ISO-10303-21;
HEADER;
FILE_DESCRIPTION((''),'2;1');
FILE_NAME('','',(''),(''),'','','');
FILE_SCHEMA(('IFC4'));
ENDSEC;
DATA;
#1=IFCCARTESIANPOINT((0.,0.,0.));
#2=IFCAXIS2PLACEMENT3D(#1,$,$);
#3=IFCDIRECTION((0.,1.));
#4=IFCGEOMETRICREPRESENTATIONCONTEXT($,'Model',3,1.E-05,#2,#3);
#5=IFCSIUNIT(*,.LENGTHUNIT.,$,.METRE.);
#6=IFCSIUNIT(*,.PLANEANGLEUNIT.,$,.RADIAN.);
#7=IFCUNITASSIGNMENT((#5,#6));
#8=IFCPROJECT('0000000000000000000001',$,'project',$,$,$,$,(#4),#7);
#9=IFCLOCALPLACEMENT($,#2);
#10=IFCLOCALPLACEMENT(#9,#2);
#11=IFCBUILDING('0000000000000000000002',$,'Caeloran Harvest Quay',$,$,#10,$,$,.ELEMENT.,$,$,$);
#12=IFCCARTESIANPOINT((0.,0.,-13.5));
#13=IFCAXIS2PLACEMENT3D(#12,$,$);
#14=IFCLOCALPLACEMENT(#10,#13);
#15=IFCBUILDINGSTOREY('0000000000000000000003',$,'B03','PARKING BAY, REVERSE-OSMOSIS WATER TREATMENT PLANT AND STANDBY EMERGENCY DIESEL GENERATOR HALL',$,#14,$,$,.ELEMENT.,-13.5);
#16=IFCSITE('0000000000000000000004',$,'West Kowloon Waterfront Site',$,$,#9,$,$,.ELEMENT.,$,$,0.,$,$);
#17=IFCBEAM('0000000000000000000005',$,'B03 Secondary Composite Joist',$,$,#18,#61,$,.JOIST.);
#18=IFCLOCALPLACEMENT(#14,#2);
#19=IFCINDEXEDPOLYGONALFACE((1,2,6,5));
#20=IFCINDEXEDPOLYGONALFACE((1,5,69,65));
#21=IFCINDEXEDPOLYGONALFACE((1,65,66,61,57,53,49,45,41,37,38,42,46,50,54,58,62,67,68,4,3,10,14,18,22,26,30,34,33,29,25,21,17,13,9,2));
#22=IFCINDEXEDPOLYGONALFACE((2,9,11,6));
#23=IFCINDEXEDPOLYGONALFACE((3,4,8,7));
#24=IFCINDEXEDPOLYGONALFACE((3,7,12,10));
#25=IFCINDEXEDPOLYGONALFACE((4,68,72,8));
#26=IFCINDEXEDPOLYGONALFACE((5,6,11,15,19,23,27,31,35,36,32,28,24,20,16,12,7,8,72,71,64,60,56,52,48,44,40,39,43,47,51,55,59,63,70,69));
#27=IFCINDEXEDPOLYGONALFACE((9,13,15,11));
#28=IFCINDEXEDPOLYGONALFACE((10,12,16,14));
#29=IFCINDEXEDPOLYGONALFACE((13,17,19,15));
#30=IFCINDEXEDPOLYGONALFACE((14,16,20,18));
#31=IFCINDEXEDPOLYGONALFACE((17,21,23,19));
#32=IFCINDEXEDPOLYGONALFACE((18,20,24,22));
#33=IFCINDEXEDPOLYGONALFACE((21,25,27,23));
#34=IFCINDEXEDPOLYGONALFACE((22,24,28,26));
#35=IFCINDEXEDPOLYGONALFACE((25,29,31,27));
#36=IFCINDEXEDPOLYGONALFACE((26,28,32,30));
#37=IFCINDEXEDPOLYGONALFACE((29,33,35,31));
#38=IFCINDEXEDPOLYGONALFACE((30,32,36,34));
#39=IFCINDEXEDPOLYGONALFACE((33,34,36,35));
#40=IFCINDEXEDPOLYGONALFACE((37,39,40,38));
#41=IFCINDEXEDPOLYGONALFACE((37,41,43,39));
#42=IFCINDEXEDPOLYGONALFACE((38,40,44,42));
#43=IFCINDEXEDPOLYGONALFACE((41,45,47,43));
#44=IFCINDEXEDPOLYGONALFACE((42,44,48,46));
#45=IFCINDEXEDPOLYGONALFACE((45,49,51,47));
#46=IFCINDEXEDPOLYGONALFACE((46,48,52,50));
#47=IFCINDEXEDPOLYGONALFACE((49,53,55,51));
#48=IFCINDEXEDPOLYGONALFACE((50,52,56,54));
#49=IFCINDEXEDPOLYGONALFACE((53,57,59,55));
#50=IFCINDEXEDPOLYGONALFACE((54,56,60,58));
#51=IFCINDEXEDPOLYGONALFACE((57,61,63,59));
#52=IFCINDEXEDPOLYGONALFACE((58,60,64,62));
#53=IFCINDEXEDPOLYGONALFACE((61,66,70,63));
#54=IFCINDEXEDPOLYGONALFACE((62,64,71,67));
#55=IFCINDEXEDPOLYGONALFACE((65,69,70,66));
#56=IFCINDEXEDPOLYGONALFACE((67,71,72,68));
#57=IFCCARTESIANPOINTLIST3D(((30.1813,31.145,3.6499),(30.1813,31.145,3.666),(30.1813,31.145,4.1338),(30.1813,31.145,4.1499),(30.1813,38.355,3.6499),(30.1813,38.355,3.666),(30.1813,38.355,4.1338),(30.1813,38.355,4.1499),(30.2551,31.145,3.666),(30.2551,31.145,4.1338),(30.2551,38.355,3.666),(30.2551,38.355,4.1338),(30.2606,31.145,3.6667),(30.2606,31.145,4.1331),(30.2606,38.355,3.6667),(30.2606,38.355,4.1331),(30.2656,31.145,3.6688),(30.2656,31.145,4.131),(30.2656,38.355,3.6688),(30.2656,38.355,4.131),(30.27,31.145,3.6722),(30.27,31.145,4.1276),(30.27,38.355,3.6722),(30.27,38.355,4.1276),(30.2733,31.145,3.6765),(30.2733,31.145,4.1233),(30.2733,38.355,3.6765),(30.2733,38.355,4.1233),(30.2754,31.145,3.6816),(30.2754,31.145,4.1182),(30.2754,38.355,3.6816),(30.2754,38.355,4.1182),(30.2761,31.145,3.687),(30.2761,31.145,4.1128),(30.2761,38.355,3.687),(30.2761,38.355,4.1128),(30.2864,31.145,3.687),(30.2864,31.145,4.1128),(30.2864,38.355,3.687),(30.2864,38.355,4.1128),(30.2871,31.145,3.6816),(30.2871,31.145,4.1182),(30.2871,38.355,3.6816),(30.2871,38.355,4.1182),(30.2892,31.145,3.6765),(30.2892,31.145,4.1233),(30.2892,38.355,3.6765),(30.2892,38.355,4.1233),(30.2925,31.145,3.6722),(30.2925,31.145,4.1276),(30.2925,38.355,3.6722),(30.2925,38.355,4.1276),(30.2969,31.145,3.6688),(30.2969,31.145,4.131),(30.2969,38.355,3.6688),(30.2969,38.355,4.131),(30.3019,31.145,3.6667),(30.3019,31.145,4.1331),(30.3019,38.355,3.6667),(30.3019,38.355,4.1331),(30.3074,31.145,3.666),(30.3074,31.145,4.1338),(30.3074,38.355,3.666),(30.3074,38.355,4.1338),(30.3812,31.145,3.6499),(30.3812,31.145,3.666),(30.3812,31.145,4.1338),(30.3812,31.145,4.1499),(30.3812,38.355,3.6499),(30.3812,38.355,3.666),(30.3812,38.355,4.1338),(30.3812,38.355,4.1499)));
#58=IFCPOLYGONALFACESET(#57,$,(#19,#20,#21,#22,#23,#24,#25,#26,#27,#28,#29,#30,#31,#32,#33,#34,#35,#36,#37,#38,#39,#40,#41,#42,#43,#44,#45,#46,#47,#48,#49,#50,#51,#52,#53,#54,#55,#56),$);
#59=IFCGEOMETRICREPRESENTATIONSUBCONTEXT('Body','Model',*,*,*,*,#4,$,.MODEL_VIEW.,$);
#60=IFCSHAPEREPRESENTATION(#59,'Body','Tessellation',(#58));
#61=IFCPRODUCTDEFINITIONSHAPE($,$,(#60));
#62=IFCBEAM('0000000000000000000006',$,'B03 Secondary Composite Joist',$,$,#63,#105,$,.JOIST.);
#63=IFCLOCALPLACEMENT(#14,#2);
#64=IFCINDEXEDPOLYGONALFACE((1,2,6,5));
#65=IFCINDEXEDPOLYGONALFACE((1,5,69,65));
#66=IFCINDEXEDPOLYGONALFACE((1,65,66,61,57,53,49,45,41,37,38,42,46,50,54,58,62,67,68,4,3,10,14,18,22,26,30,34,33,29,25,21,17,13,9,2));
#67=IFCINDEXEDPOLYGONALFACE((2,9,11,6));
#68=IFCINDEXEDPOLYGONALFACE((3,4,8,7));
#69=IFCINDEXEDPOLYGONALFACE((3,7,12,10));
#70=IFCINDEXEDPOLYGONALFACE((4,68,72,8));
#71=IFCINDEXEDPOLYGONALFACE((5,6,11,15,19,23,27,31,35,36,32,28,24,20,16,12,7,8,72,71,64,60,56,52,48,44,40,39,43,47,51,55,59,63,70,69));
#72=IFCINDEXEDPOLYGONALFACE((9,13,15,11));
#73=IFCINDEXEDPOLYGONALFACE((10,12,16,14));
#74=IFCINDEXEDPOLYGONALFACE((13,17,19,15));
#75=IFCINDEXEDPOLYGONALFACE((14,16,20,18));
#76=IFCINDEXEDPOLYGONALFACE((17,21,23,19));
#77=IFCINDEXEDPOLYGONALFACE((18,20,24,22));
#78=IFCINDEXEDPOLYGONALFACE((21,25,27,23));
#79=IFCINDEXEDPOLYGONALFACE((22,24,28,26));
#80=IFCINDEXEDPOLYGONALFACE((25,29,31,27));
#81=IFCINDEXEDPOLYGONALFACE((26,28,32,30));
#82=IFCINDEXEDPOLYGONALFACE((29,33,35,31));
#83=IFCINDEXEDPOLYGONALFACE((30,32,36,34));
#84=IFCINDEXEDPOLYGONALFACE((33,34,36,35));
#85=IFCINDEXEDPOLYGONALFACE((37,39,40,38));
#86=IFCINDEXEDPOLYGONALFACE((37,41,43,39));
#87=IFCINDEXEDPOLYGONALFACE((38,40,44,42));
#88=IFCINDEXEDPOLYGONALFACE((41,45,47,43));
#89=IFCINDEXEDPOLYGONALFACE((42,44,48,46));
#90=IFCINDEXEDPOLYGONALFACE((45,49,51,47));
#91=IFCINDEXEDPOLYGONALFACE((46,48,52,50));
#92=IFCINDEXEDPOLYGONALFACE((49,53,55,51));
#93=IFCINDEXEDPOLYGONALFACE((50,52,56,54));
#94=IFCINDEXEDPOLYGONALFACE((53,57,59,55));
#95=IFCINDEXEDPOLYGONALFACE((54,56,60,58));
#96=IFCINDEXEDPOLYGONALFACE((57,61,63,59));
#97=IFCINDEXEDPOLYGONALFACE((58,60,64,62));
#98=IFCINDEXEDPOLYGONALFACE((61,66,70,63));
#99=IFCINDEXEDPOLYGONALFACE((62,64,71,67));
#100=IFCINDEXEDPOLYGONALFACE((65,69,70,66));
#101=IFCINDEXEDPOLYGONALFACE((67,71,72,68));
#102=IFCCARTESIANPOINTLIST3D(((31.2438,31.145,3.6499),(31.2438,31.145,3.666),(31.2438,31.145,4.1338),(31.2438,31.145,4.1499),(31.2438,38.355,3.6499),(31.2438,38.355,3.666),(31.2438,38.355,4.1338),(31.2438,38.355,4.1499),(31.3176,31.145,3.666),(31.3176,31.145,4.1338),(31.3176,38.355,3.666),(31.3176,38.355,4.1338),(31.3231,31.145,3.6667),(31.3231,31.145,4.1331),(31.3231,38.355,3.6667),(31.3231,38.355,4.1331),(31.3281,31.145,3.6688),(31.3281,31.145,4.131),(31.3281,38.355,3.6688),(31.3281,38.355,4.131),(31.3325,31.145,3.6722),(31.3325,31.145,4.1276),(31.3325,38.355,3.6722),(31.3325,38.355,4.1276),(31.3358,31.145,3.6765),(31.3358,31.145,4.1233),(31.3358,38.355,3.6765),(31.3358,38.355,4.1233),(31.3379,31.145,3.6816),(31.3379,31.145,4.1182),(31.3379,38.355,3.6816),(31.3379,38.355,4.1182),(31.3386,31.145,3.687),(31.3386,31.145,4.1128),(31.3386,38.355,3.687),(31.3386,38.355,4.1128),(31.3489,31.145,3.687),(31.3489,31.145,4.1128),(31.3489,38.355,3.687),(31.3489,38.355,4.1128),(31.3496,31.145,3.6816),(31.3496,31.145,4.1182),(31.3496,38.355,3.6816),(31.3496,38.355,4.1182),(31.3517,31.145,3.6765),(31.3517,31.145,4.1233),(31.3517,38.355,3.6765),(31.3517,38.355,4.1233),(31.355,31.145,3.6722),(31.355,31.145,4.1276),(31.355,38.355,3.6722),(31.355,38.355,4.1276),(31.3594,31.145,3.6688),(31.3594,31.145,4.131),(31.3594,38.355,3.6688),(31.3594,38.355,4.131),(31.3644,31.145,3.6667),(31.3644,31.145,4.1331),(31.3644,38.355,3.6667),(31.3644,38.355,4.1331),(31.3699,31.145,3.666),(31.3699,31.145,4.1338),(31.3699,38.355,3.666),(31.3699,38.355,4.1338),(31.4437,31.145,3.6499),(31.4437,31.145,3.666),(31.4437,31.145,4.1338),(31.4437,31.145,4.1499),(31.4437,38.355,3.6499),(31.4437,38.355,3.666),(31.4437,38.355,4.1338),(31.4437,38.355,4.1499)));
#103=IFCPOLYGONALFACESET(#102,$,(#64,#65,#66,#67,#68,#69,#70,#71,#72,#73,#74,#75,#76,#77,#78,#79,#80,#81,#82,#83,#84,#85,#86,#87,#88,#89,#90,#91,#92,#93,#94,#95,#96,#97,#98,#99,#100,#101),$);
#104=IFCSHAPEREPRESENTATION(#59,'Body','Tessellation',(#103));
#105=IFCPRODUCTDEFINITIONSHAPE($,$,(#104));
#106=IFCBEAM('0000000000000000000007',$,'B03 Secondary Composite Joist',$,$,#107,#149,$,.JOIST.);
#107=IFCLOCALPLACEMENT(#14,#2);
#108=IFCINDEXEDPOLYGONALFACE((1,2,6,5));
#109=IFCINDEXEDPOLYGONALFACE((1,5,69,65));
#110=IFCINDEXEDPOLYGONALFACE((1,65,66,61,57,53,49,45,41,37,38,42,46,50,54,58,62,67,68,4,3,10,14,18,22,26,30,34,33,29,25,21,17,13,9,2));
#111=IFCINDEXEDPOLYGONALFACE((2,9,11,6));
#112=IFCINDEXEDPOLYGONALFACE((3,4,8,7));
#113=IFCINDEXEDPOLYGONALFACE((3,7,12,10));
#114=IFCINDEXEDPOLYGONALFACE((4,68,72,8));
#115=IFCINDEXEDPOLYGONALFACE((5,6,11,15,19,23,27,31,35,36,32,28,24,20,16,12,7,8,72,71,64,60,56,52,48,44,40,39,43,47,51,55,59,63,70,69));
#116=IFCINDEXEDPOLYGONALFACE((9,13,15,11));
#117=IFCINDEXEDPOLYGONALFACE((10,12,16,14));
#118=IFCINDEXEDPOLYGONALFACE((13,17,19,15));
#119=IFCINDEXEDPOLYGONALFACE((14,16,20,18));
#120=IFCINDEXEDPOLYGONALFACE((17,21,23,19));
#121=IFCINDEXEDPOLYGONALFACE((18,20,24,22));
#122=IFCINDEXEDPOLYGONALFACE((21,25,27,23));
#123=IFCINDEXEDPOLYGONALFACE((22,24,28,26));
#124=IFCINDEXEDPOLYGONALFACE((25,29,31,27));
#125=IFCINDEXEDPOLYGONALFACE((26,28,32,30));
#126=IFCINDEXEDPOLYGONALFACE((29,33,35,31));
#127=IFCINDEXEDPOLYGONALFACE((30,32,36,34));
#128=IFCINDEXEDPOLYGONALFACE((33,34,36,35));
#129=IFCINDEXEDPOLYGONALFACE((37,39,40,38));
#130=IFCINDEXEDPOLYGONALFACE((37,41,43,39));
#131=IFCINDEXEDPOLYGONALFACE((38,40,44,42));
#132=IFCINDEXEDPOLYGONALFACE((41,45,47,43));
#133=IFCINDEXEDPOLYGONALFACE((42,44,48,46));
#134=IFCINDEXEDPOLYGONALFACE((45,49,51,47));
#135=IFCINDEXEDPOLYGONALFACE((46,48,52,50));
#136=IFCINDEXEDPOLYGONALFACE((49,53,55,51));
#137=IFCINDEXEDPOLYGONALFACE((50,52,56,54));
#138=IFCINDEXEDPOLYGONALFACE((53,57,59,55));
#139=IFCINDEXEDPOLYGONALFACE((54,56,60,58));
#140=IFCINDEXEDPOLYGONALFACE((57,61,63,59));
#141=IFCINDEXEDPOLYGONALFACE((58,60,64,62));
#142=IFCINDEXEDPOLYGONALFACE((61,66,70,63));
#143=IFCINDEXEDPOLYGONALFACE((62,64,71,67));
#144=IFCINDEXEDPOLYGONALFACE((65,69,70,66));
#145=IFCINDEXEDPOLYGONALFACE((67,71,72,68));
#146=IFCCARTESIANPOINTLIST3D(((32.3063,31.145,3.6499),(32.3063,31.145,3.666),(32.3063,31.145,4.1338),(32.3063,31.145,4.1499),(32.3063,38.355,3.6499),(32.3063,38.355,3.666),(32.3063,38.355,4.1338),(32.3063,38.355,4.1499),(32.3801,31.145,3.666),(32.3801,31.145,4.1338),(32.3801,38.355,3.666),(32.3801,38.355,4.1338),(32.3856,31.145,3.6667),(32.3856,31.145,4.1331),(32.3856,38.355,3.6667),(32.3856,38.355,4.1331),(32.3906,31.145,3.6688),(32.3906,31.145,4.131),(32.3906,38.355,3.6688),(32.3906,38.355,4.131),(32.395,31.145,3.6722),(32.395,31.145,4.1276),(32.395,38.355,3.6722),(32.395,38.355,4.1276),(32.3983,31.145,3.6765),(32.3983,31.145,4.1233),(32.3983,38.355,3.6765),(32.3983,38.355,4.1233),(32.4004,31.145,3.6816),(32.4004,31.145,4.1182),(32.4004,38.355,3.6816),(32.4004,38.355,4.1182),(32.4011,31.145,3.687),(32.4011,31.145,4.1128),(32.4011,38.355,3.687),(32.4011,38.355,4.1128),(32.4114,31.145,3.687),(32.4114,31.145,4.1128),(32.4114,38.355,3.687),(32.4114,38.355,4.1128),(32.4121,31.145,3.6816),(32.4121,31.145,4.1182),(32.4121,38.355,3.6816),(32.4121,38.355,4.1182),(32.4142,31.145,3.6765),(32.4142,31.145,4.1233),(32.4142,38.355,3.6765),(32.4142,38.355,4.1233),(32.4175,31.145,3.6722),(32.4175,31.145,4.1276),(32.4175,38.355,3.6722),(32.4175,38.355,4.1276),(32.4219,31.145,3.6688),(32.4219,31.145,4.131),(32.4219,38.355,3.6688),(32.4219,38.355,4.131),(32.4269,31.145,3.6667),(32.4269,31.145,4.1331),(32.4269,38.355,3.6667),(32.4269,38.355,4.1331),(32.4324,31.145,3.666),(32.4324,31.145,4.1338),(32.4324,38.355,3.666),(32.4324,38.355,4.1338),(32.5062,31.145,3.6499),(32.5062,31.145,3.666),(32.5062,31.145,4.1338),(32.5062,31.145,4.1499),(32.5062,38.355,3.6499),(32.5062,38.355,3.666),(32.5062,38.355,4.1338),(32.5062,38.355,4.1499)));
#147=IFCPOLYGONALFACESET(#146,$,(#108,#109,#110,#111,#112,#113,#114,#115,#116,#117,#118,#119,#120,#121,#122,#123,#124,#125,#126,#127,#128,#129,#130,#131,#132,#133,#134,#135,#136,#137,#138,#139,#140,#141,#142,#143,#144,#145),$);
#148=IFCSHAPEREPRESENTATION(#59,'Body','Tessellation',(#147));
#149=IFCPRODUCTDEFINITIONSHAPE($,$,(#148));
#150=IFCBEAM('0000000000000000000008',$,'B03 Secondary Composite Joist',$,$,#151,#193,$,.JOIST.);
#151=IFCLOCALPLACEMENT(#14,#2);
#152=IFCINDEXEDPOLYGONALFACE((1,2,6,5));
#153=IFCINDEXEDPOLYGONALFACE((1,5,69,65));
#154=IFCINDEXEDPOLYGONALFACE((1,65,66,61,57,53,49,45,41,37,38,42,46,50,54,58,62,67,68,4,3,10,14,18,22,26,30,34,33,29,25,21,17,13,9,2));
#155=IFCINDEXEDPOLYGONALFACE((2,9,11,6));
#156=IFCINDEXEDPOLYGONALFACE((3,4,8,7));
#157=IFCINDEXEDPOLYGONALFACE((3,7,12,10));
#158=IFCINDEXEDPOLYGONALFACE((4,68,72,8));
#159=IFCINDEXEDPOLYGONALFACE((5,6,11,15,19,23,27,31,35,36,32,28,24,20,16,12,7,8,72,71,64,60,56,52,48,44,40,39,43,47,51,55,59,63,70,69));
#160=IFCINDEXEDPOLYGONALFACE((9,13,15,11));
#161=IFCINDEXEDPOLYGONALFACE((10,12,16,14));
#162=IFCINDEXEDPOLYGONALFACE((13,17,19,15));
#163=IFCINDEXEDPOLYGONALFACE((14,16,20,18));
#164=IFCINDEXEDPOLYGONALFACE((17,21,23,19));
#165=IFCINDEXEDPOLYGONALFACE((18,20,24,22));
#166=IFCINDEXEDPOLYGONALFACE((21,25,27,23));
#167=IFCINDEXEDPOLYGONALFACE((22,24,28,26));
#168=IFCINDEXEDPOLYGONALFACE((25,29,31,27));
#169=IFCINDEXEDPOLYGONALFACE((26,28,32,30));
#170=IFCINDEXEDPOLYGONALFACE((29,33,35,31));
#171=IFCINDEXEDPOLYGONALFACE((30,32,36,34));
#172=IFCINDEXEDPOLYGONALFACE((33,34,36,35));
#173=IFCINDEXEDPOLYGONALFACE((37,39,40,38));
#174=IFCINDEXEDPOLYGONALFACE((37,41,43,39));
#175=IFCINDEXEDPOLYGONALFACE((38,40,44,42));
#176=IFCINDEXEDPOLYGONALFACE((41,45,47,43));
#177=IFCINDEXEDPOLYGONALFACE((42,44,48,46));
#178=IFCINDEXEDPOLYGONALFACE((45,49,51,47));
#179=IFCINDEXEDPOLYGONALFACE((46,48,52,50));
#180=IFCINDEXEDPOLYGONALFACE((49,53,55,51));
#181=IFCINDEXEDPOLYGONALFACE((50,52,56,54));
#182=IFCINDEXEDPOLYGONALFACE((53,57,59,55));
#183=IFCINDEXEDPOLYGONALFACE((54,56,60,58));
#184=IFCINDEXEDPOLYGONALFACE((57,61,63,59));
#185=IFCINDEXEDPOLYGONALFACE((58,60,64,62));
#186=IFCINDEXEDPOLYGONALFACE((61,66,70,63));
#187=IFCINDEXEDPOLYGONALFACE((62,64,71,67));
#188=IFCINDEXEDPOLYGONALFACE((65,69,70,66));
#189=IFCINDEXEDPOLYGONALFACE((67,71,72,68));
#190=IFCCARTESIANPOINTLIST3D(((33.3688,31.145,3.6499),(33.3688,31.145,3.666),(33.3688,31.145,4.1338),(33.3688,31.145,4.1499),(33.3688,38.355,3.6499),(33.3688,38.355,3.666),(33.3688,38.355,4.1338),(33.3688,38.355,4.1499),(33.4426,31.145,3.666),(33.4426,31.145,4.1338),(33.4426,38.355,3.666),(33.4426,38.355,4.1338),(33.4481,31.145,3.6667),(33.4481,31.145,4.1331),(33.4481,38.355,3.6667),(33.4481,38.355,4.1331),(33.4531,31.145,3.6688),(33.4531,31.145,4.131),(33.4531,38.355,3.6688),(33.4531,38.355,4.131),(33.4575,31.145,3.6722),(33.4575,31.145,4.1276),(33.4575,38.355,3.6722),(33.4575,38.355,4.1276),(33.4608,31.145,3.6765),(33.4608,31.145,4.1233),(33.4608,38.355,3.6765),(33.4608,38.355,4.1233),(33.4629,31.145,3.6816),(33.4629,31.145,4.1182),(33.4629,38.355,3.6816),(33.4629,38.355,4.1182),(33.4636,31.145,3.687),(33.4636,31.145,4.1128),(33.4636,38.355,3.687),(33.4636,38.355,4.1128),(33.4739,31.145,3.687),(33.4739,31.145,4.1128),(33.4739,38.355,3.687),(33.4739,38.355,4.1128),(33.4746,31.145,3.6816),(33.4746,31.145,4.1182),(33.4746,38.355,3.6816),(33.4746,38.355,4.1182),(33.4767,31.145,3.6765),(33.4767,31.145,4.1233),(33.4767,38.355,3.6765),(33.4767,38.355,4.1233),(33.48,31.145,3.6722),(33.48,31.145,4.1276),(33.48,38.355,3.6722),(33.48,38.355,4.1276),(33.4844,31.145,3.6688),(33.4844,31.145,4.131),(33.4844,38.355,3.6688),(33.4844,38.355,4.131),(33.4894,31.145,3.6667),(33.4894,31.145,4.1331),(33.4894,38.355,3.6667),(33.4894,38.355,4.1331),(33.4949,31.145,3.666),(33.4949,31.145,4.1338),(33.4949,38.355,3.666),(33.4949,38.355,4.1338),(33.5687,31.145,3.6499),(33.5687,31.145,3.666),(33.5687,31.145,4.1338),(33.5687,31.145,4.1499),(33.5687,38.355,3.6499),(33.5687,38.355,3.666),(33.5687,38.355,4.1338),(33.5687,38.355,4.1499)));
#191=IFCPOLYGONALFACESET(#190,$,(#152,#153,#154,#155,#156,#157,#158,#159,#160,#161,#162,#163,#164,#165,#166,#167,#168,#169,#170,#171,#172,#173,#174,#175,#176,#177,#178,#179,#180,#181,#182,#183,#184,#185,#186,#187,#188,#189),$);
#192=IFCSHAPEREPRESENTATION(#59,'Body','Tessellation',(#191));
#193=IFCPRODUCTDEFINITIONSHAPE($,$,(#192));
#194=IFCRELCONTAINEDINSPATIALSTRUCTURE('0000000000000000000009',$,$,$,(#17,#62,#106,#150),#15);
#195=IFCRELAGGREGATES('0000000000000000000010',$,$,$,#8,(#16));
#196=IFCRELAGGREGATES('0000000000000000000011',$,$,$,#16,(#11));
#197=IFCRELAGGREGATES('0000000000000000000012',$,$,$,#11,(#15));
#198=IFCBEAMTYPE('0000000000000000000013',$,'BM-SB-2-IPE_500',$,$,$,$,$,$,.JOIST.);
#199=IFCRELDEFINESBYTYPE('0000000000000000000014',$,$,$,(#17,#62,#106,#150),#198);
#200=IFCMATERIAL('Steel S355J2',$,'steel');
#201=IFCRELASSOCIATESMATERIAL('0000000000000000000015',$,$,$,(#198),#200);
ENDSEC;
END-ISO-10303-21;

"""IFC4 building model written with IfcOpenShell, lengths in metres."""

from ifc_helpers import new_model, si_unit, direction, frame, origin, origin_2d, place, context, subcontext, project, spatial, i_section, extrude, material, material_profile, profile_set, type_object, element, save


model = new_model("IFC4")

# Units and contexts
model_context = context("Model", 3, precision=1e-05, world=origin(), true_north=direction((0.0, 1.0)))
body_context = subcontext(model_context, "Body", "Model", "MODEL_VIEW")
ifc_project = project(units=[si_unit("LENGTHUNIT", "METRE"), si_unit("PLANEANGLEUNIT", "RADIAN")], contexts=[model_context])

# Site, building, storey
site_placement = place(None, origin())
site = spatial("IfcSite", under=ifc_project, at=site_placement, Name="West Kowloon Waterfront Site", CompositionType="ELEMENT", RefElevation=0.0)
building_placement = place(site_placement, origin())
building = spatial("IfcBuilding", under=site, at=building_placement, Name="Caeloran Harvest Quay", CompositionType="ELEMENT")
storey_placement = place(building_placement, frame((0.0, 0.0, -13.5)))
storey = spatial("IfcBuildingStorey", under=building, at=storey_placement, Name="B03", Description="PARKING BAY, REVERSE-OSMOSIS WATER TREATMENT PLANT AND STANDBY EMERGENCY DIESEL GENERATOR HALL", CompositionType="ELEMENT", Elevation=-13.5)

# Beams
ifc_material_1 = material(Name="Steel S355J2", Category="steel")
ifc_material_profile_1 = material_profile(ifc_material_1, i_section(OverallWidth=0.2, OverallDepth=0.5, WebThickness=0.0103, FlangeThickness=0.0161, FilletRadius=0.021, at=origin_2d()), Name="IPE 500")
ifc_profile_set_1 = profile_set([ifc_material_profile_1], Name="Steel S355J2")
beam_type_1 = type_object("IfcBeamType", Name="BM-SB-2-IPE_500", PredefinedType="JOIST", material=ifc_profile_set_1)
for number, where, z_axis, x_axis, name in (
    (1, (30.2812, 31.145, 3.8999), (0.0, 1.0, 0.0), (-1.0, 0.0, 0.0), "B03 Secondary Composite Joist"),
    (2, (31.3438, 31.145, 3.8999), (0.0, 1.0, 0.0), (-1.0, 0.0, 0.0), "B03 Secondary Composite Joist"),
    (3, (32.4062, 31.145, 3.8999), (0.0, 1.0, 0.0), (-1.0, 0.0, 0.0), "B03 Secondary Composite Joist"),
    (4, (33.4688, 31.145, 3.8999), (0.0, 1.0, 0.0), (-1.0, 0.0, 0.0), "B03 Secondary Composite Joist"),
):
    element("IfcBeam", number, at=place(storey_placement, frame(where, z_axis=z_axis, x_axis=x_axis)), inside=storey, type_object=beam_type_1, Name=name, PredefinedType="JOIST", context=body_context, shape_type="SweptSolid", body=[
        extrude(i_section(OverallWidth=0.2, OverallDepth=0.5, WebThickness=0.0103, FlangeThickness=0.0161, FilletRadius=0.021, at=origin_2d()), origin(), (0.0, 0.0, 1.0), 7.21),
    ])

save(model, "model.ifc")
